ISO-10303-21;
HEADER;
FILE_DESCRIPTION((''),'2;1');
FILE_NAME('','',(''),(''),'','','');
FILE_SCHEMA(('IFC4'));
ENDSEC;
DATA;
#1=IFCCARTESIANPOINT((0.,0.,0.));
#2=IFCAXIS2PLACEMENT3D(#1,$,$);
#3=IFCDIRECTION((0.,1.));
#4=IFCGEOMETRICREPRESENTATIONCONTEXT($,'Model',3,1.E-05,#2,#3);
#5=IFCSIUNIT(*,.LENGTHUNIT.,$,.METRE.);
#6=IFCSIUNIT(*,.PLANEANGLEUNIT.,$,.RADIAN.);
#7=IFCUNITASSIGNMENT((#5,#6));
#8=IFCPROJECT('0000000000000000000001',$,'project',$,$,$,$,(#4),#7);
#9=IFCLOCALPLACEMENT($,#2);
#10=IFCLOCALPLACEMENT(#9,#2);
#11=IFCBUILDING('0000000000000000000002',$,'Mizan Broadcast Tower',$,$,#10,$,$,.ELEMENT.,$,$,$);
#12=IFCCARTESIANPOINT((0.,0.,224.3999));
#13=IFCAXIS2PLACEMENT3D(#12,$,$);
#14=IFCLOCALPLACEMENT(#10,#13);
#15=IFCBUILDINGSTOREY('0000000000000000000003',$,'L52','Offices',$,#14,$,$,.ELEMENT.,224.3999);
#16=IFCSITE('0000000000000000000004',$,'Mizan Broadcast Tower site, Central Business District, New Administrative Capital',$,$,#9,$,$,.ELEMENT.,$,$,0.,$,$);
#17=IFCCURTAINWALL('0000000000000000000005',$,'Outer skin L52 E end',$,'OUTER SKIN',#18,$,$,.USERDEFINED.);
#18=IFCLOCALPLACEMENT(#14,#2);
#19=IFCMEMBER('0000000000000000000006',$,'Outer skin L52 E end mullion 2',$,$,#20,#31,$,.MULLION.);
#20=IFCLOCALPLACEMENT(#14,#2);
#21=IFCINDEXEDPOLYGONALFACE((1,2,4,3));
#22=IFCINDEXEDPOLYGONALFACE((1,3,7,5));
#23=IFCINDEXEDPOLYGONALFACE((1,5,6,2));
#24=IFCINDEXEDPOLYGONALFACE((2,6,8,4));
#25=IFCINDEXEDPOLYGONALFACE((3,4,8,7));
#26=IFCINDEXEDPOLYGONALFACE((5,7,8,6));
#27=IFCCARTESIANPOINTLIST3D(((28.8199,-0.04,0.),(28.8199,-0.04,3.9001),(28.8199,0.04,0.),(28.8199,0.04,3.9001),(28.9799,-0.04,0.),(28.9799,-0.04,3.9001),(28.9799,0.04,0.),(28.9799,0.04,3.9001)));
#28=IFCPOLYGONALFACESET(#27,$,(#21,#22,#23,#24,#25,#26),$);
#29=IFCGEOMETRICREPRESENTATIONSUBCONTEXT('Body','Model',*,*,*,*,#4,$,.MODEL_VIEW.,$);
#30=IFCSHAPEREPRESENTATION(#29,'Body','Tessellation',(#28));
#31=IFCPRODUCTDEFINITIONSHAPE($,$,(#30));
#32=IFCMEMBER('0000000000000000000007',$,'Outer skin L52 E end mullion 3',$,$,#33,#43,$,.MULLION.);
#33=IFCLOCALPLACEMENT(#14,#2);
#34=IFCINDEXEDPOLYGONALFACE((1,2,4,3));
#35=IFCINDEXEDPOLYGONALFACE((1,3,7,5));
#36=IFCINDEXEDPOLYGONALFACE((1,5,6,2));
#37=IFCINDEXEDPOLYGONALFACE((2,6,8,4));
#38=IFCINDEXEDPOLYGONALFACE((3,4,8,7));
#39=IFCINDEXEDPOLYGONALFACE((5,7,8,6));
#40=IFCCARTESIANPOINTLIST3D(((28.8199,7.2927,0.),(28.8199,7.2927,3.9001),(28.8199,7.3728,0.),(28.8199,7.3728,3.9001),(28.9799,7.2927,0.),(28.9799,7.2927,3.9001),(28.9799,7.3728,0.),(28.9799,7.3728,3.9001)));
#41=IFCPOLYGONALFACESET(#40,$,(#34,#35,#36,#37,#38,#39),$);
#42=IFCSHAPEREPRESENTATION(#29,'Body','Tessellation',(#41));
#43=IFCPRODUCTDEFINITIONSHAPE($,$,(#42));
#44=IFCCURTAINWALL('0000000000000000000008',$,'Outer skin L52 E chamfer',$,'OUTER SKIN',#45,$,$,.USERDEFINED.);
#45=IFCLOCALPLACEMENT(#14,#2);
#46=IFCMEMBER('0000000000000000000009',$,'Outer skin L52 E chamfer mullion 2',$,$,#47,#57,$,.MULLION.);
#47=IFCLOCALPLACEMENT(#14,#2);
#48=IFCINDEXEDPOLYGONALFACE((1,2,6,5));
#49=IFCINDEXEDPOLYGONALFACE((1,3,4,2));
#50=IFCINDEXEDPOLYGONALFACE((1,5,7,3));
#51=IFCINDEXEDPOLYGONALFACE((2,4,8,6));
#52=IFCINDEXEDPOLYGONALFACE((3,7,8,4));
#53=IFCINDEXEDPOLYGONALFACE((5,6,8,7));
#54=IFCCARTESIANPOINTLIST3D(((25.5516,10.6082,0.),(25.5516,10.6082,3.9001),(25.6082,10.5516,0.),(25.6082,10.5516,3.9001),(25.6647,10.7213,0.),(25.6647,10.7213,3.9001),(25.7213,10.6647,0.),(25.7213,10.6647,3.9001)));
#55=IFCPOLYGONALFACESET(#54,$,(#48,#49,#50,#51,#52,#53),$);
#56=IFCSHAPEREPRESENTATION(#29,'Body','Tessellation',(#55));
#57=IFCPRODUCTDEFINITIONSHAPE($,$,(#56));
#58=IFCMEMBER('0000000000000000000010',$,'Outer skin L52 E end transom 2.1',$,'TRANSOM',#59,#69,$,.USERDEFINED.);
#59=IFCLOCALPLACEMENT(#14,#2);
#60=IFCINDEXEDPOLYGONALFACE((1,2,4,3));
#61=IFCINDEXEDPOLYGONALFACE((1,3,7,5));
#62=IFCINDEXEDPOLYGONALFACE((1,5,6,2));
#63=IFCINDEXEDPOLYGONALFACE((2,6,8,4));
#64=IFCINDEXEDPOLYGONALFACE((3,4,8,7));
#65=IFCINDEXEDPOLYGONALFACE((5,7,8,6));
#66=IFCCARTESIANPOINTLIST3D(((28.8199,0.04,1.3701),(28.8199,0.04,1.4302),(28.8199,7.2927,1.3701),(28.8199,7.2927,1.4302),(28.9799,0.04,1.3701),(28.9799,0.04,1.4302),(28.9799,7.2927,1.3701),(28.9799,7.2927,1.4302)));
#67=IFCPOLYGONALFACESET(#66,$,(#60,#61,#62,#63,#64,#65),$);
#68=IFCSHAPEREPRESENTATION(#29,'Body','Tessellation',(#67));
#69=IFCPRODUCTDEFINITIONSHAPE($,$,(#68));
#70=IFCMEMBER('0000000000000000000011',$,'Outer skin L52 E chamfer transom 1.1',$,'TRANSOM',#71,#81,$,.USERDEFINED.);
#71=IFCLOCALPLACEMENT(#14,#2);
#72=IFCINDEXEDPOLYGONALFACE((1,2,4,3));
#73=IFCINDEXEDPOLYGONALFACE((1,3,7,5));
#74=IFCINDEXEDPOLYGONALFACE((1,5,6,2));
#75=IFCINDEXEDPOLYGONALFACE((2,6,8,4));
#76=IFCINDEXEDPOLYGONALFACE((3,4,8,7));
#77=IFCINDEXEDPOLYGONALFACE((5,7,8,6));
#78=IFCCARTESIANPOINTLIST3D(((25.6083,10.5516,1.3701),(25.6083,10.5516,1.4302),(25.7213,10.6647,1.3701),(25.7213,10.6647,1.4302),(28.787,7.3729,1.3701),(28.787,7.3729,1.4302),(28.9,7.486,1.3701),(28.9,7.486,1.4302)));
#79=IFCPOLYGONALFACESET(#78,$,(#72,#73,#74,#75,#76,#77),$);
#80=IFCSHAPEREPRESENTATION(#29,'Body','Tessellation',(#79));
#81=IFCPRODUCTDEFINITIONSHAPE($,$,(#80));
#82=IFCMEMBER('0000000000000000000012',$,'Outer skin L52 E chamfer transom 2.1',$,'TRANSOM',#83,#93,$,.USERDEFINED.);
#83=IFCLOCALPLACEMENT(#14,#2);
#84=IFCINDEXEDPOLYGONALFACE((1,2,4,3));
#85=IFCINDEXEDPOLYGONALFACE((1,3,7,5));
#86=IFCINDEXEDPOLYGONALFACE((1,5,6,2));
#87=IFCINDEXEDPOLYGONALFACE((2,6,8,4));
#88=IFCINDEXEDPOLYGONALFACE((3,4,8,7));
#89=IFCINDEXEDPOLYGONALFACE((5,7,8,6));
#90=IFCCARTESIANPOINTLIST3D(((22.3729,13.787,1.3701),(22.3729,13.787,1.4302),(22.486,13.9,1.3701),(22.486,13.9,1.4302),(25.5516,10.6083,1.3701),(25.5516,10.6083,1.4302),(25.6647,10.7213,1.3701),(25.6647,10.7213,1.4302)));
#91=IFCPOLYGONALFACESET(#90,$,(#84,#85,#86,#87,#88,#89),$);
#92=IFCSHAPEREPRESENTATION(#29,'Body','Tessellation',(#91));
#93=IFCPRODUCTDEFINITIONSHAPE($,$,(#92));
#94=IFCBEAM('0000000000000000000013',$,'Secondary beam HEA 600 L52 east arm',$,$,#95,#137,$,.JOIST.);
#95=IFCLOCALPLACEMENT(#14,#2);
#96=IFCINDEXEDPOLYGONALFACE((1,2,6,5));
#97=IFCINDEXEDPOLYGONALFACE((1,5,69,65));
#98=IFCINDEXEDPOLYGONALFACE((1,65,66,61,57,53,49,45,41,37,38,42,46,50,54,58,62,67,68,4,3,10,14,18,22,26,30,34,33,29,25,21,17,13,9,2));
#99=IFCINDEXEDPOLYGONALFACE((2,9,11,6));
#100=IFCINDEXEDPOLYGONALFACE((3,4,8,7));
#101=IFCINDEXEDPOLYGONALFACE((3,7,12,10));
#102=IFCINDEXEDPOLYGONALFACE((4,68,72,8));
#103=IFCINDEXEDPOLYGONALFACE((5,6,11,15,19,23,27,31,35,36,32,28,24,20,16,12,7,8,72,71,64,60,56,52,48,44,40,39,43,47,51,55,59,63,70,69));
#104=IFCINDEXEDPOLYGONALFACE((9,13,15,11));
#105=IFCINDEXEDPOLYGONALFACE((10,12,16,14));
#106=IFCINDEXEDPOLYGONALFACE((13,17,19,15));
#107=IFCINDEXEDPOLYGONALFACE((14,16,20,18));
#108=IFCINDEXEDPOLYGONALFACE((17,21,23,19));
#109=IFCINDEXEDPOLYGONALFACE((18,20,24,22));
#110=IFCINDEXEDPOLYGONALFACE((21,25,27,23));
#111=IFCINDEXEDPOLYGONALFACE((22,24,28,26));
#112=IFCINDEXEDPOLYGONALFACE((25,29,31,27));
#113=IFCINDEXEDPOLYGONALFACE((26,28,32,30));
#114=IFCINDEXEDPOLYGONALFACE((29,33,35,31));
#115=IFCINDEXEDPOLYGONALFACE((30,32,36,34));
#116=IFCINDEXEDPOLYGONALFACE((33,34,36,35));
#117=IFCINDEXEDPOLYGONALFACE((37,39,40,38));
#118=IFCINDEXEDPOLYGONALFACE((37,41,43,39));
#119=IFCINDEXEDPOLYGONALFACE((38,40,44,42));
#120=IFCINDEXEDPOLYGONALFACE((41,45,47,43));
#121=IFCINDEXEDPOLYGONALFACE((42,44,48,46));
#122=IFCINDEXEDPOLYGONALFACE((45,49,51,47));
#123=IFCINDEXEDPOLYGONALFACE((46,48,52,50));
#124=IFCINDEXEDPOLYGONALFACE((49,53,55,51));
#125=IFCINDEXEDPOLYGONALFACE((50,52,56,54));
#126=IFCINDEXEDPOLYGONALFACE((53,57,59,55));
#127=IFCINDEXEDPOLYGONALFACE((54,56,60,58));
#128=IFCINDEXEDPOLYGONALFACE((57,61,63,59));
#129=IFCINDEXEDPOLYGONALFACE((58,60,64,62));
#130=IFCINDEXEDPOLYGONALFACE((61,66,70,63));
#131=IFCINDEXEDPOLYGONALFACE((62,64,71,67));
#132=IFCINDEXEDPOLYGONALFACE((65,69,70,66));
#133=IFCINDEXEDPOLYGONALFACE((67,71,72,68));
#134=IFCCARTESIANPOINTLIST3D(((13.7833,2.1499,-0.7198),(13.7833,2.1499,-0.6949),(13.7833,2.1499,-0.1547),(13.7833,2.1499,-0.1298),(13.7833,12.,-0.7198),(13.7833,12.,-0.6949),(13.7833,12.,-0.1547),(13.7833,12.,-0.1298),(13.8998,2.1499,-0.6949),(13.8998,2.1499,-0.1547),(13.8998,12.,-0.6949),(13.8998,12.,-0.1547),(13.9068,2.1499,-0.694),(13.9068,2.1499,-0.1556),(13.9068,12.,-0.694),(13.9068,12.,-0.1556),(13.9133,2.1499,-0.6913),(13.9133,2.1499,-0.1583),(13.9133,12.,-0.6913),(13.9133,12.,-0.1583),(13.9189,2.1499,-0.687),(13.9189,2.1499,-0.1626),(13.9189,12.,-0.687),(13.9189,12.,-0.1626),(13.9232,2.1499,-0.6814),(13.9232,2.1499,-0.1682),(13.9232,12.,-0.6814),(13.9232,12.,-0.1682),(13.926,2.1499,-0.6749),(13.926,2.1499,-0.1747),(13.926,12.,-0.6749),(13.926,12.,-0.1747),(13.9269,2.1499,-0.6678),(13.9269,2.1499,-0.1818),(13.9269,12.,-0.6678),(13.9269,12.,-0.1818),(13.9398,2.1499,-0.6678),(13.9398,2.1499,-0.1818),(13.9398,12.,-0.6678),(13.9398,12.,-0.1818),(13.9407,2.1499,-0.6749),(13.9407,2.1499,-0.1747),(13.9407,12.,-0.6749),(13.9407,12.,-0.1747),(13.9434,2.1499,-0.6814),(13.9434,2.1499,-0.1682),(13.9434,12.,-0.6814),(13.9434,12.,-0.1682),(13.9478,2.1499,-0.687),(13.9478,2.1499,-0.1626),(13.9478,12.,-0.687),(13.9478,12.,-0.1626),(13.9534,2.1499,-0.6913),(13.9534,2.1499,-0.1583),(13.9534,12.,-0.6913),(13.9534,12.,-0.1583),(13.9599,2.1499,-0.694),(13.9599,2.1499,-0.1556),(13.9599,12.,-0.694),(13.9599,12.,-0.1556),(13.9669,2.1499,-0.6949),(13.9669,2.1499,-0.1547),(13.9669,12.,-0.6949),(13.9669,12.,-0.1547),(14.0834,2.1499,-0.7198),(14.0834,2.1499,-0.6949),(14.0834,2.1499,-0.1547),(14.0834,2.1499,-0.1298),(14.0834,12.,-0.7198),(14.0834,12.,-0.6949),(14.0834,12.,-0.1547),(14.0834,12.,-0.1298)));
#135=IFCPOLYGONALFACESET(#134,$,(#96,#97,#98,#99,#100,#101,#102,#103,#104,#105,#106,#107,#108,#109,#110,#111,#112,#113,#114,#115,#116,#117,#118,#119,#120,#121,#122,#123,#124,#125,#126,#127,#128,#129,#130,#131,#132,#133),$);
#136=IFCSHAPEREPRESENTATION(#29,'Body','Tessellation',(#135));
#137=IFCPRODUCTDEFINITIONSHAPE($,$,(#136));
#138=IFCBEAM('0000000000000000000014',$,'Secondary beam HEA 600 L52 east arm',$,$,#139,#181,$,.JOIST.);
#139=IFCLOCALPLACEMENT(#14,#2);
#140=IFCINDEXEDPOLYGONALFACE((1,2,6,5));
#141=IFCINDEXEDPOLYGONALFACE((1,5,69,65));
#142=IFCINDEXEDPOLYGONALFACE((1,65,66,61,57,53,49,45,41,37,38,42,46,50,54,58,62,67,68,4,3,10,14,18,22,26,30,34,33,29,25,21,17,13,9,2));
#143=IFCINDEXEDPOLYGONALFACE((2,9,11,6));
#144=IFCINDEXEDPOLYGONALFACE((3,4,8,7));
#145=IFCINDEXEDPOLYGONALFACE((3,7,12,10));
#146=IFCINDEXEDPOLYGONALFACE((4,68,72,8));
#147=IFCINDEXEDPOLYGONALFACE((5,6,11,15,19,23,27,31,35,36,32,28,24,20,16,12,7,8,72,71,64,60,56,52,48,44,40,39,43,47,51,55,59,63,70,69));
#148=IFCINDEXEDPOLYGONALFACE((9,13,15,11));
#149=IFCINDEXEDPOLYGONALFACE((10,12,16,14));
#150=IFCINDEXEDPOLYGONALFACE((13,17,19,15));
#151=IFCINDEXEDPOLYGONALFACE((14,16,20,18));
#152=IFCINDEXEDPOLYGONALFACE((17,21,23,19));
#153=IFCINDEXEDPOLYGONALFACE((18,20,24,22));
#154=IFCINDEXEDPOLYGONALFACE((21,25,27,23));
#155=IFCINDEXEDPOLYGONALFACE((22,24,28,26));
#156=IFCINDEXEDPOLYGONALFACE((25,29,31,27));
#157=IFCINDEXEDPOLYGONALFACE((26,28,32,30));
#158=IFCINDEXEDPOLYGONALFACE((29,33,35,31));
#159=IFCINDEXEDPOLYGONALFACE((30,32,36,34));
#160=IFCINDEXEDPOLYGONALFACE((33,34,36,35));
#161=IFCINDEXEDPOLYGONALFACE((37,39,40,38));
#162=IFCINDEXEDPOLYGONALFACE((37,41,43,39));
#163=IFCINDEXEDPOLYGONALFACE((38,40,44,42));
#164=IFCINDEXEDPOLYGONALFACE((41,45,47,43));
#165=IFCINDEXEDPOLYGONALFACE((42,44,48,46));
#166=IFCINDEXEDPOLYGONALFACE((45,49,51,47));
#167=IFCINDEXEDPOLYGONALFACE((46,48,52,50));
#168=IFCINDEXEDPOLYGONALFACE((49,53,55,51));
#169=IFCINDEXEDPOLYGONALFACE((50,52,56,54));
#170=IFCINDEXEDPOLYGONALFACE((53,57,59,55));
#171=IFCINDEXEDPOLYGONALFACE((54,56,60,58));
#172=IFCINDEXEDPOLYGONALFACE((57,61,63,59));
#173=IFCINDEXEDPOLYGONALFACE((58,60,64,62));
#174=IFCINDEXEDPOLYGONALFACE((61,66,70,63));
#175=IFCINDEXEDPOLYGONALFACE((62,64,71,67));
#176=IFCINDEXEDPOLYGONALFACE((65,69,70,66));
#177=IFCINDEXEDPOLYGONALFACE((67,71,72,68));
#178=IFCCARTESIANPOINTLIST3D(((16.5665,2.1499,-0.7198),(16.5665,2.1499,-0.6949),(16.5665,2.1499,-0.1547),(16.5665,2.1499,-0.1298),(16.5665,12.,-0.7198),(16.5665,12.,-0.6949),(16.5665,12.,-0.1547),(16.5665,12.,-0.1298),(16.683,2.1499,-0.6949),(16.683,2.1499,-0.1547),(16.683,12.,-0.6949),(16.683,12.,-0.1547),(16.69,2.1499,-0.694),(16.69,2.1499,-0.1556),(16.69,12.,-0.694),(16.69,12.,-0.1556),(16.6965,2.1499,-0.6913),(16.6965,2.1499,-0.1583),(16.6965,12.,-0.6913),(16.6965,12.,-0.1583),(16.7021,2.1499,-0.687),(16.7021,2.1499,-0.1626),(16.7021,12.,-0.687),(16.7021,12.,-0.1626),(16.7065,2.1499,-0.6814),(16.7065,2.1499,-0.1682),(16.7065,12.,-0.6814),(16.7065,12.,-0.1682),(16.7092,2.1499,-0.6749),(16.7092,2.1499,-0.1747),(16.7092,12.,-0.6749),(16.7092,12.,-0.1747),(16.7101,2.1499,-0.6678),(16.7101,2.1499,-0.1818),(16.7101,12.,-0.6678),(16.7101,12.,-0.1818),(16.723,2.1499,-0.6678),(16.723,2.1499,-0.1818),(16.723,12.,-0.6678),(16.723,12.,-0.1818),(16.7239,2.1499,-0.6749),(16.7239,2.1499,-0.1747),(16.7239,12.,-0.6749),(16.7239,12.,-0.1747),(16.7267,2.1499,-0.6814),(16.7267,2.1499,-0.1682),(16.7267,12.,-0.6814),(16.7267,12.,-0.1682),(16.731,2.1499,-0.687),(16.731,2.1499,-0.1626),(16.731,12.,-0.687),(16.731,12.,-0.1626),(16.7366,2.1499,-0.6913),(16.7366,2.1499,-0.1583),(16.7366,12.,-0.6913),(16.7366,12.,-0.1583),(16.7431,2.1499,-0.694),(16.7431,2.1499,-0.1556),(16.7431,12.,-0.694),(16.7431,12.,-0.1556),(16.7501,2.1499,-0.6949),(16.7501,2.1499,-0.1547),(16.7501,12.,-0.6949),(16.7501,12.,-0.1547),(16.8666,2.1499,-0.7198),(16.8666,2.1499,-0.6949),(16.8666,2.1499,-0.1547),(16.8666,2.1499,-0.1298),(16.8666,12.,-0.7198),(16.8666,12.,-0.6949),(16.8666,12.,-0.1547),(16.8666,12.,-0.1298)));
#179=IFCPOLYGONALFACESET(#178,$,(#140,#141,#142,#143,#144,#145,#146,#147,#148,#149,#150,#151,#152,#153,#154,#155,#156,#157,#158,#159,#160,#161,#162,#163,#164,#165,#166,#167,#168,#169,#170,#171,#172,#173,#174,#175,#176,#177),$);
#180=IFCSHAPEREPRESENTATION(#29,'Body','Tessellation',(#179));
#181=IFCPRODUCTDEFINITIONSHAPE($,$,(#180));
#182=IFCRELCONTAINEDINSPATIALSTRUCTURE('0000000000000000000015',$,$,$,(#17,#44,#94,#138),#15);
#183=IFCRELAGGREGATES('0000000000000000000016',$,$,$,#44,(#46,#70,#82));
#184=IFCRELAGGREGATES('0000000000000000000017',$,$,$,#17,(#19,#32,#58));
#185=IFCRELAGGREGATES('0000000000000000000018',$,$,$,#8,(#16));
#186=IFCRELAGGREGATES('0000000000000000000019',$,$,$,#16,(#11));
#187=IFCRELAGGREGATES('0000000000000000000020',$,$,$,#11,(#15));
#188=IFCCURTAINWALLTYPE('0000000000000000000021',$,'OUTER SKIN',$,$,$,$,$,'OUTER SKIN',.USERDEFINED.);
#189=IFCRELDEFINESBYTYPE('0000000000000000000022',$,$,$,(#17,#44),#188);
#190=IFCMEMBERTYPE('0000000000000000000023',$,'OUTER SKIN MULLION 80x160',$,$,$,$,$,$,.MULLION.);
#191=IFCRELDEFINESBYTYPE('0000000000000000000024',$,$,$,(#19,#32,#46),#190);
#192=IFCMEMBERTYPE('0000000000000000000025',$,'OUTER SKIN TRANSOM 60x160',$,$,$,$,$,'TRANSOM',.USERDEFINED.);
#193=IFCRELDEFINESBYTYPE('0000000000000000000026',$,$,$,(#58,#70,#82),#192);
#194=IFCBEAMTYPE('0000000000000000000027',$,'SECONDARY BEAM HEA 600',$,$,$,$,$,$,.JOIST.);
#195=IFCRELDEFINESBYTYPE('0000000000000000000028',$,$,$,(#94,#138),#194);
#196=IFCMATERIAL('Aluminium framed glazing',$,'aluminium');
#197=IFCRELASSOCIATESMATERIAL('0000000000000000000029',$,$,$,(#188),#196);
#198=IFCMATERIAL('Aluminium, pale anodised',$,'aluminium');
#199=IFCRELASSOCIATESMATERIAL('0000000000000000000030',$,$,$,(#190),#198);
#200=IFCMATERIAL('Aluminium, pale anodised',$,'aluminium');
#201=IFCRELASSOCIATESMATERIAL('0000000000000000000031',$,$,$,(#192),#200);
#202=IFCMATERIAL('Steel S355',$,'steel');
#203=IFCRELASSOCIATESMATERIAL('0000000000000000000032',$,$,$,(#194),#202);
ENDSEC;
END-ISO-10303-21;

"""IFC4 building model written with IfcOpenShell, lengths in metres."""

from ifc_helpers import new_model, si_unit, direction, frame, origin, origin_2d, place, context, subcontext, project, spatial, rectangle, i_section, extrude, material, material_profile, profile_set, type_object, element, aggregate, save


model = new_model("IFC4")

# Units and contexts
model_context = context("Model", 3, precision=1e-05, world=origin(), true_north=direction((0.0, 1.0)))
body_context = subcontext(model_context, "Body", "Model", "MODEL_VIEW")
ifc_project = project(units=[si_unit("LENGTHUNIT", "METRE"), si_unit("PLANEANGLEUNIT", "RADIAN")], contexts=[model_context])

# Site, building, storey
site_placement = place(None, origin())
site = spatial("IfcSite", under=ifc_project, at=site_placement, Name="Mizan Broadcast Tower site, Central Business District, New Administrative Capital", CompositionType="ELEMENT", RefElevation=0.0)
building_placement = place(site_placement, origin())
building = spatial("IfcBuilding", under=site, at=building_placement, Name="Mizan Broadcast Tower", CompositionType="ELEMENT")
storey_placement = place(building_placement, frame((0.0, 0.0, 224.3999)))
storey = spatial("IfcBuildingStorey", under=building, at=storey_placement, Name="L52", Description="Offices", CompositionType="ELEMENT", Elevation=224.3999)

# Curtain wall, members
ifc_material_1 = material(Name="Aluminium framed glazing", Category="aluminium")
curtain_wall_type_1 = type_object("IfcCurtainWallType", Name="OUTER SKIN", ElementType="OUTER SKIN", PredefinedType="USERDEFINED", material=ifc_material_1)
curtain_wall_1_placement = place(storey_placement, origin())
curtain_wall_1 = element("IfcCurtainWall", 1, at=curtain_wall_1_placement, inside=storey, type_object=curtain_wall_type_1, Name="Outer skin L52 E end", ObjectType="OUTER SKIN", PredefinedType="USERDEFINED")
ifc_material_2 = material(Name="Aluminium, pale anodised", Category="aluminium")
ifc_material_profile_1 = material_profile(ifc_material_2, rectangle(XDim=0.1599, YDim=0.0801, at=origin_2d()), Name="MULLION 160x80")
ifc_profile_set_1 = profile_set([ifc_material_profile_1], Name="Aluminium, pale anodised")
member_type_1 = type_object("IfcMemberType", Name="OUTER SKIN MULLION 80x160", PredefinedType="MULLION", material=ifc_profile_set_1)
member_1_placement = place(storey_placement, frame((28.8999, 0.0, 0.0), z_axis=(0.0, 0.0, 1.0), x_axis=(-1.0, 0.0, 0.0)))
member_1 = element("IfcMember", 2, at=member_1_placement, type_object=member_type_1, Name="Outer skin L52 E end mullion 2", PredefinedType="MULLION", context=body_context, shape_type="SweptSolid", body=[
    extrude(rectangle(XDim=0.1599, YDim=0.0801, at=origin_2d()), origin(), (0.0, 0.0, 1.0), 3.9001),
])
member_2_placement = place(storey_placement, frame((28.8999, 7.3328, 0.0), z_axis=(0.0, 0.0, 1.0), x_axis=(-1.0, 0.0, 0.0)))
member_2 = element("IfcMember", 3, at=member_2_placement, type_object=member_type_1, Name="Outer skin L52 E end mullion 3", PredefinedType="MULLION", context=body_context, shape_type="SweptSolid", body=[
    extrude(rectangle(XDim=0.1599, YDim=0.0801, at=origin_2d()), origin(), (0.0, 0.0, 1.0), 3.9001),
])

# Curtain wall, member
curtain_wall_2_placement = place(storey_placement, origin())
curtain_wall_2 = element("IfcCurtainWall", 4, at=curtain_wall_2_placement, inside=storey, type_object=curtain_wall_type_1, Name="Outer skin L52 E chamfer", ObjectType="OUTER SKIN", PredefinedType="USERDEFINED")
member_3_placement = place(storey_placement, frame((25.6365, 10.6365, 0.0), z_axis=(0.0, 0.0, 1.0), x_axis=(-0.707107, -0.707107, 0.0)))
member_3 = element("IfcMember", 5, at=member_3_placement, type_object=member_type_1, Name="Outer skin L52 E chamfer mullion 2", PredefinedType="MULLION", context=body_context, shape_type="SweptSolid", body=[
    extrude(rectangle(XDim=0.1599, YDim=0.0801, at=origin_2d()), origin(), (0.0, 0.0, 1.0), 3.9001),
])

# Members
ifc_material_3 = material(Name="Aluminium, pale anodised", Category="aluminium")
ifc_material_profile_2 = material_profile(ifc_material_3, rectangle(XDim=0.1599, YDim=0.0601, at=origin_2d()), Name="TRANSOM 160x60")
ifc_profile_set_2 = profile_set([ifc_material_profile_2], Name="Aluminium, pale anodised")
member_type_2 = type_object("IfcMemberType", Name="OUTER SKIN TRANSOM 60x160", ElementType="TRANSOM", PredefinedType="USERDEFINED", material=ifc_profile_set_2)
member_4_placement = place(storey_placement, frame((28.8999, 0.04, 1.4001), z_axis=(0.0, 1.0, 0.0), x_axis=(-1.0, 0.0, 0.0)))
member_4 = element("IfcMember", 6, at=member_4_placement, type_object=member_type_2, Name="Outer skin L52 E end transom 2.1", ObjectType="TRANSOM", PredefinedType="USERDEFINED", context=body_context, shape_type="SweptSolid", body=[
    extrude(rectangle(XDim=0.1599, YDim=0.0601, at=origin_2d()), origin(), (0.0, 0.0, 1.0), 7.2527),
])
member_5_placement = place(storey_placement, frame((28.8435, 7.4294, 1.4001), z_axis=(-0.707107, 0.707107, 0.0), x_axis=(-0.707107, -0.707107, 0.0)))
member_5 = element("IfcMember", 7, at=member_5_placement, type_object=member_type_2, Name="Outer skin L52 E chamfer transom 1.1", ObjectType="TRANSOM", PredefinedType="USERDEFINED", context=body_context, shape_type="SweptSolid", body=[
    extrude(rectangle(XDim=0.1599, YDim=0.0601, at=origin_2d()), origin(), (0.0, 0.0, 1.0), 4.4954),
])
member_6_placement = place(storey_placement, frame((25.6082, 10.6648, 1.4001), z_axis=(-0.707107, 0.707107, 0.0), x_axis=(-0.707107, -0.707107, 0.0)))
member_6 = element("IfcMember", 8, at=member_6_placement, type_object=member_type_2, Name="Outer skin L52 E chamfer transom 2.1", ObjectType="TRANSOM", PredefinedType="USERDEFINED", context=body_context, shape_type="SweptSolid", body=[
    extrude(rectangle(XDim=0.1599, YDim=0.0601, at=origin_2d()), origin(), (0.0, 0.0, 1.0), 4.4954),
])

# Beams
ifc_material_4 = material(Name="Steel S355", Category="steel")
ifc_material_profile_3 = material_profile(ifc_material_4, i_section(OverallWidth=0.3, OverallDepth=0.5901, WebThickness=0.0129, FlangeThickness=0.0249, FilletRadius=0.0271, at=origin_2d()), Name="HEA 600")
ifc_profile_set_3 = profile_set([ifc_material_profile_3], Name="Steel S355")
beam_type_1 = type_object("IfcBeamType", Name="SECONDARY BEAM HEA 600", PredefinedType="JOIST", material=ifc_profile_set_3)
for number, where, z_axis, x_axis, name in (
    (9, (13.9333, 12.0, -0.4248), (0.0, -1.0, 0.0), (1.0, 0.0, 0.0), "Secondary beam HEA 600 L52 east arm"),
    (10, (16.7166, 12.0, -0.4248), (0.0, -1.0, 0.0), (1.0, 0.0, 0.0), "Secondary beam HEA 600 L52 east arm"),
):
    element("IfcBeam", number, at=place(storey_placement, frame(where, z_axis=z_axis, x_axis=x_axis)), inside=storey, type_object=beam_type_1, Name=name, PredefinedType="JOIST", context=body_context, shape_type="SweptSolid", body=[
        extrude(i_section(OverallWidth=0.3, OverallDepth=0.5901, WebThickness=0.0129, FlangeThickness=0.0249, FilletRadius=0.0271, at=origin_2d()), origin(), (0.0, 0.0, 1.0), 9.8501),
    ])

aggregate(curtain_wall_2, [member_3, member_5, member_6])
aggregate(curtain_wall_1, [member_1, member_2, member_4])

save(model, "model.ifc")
